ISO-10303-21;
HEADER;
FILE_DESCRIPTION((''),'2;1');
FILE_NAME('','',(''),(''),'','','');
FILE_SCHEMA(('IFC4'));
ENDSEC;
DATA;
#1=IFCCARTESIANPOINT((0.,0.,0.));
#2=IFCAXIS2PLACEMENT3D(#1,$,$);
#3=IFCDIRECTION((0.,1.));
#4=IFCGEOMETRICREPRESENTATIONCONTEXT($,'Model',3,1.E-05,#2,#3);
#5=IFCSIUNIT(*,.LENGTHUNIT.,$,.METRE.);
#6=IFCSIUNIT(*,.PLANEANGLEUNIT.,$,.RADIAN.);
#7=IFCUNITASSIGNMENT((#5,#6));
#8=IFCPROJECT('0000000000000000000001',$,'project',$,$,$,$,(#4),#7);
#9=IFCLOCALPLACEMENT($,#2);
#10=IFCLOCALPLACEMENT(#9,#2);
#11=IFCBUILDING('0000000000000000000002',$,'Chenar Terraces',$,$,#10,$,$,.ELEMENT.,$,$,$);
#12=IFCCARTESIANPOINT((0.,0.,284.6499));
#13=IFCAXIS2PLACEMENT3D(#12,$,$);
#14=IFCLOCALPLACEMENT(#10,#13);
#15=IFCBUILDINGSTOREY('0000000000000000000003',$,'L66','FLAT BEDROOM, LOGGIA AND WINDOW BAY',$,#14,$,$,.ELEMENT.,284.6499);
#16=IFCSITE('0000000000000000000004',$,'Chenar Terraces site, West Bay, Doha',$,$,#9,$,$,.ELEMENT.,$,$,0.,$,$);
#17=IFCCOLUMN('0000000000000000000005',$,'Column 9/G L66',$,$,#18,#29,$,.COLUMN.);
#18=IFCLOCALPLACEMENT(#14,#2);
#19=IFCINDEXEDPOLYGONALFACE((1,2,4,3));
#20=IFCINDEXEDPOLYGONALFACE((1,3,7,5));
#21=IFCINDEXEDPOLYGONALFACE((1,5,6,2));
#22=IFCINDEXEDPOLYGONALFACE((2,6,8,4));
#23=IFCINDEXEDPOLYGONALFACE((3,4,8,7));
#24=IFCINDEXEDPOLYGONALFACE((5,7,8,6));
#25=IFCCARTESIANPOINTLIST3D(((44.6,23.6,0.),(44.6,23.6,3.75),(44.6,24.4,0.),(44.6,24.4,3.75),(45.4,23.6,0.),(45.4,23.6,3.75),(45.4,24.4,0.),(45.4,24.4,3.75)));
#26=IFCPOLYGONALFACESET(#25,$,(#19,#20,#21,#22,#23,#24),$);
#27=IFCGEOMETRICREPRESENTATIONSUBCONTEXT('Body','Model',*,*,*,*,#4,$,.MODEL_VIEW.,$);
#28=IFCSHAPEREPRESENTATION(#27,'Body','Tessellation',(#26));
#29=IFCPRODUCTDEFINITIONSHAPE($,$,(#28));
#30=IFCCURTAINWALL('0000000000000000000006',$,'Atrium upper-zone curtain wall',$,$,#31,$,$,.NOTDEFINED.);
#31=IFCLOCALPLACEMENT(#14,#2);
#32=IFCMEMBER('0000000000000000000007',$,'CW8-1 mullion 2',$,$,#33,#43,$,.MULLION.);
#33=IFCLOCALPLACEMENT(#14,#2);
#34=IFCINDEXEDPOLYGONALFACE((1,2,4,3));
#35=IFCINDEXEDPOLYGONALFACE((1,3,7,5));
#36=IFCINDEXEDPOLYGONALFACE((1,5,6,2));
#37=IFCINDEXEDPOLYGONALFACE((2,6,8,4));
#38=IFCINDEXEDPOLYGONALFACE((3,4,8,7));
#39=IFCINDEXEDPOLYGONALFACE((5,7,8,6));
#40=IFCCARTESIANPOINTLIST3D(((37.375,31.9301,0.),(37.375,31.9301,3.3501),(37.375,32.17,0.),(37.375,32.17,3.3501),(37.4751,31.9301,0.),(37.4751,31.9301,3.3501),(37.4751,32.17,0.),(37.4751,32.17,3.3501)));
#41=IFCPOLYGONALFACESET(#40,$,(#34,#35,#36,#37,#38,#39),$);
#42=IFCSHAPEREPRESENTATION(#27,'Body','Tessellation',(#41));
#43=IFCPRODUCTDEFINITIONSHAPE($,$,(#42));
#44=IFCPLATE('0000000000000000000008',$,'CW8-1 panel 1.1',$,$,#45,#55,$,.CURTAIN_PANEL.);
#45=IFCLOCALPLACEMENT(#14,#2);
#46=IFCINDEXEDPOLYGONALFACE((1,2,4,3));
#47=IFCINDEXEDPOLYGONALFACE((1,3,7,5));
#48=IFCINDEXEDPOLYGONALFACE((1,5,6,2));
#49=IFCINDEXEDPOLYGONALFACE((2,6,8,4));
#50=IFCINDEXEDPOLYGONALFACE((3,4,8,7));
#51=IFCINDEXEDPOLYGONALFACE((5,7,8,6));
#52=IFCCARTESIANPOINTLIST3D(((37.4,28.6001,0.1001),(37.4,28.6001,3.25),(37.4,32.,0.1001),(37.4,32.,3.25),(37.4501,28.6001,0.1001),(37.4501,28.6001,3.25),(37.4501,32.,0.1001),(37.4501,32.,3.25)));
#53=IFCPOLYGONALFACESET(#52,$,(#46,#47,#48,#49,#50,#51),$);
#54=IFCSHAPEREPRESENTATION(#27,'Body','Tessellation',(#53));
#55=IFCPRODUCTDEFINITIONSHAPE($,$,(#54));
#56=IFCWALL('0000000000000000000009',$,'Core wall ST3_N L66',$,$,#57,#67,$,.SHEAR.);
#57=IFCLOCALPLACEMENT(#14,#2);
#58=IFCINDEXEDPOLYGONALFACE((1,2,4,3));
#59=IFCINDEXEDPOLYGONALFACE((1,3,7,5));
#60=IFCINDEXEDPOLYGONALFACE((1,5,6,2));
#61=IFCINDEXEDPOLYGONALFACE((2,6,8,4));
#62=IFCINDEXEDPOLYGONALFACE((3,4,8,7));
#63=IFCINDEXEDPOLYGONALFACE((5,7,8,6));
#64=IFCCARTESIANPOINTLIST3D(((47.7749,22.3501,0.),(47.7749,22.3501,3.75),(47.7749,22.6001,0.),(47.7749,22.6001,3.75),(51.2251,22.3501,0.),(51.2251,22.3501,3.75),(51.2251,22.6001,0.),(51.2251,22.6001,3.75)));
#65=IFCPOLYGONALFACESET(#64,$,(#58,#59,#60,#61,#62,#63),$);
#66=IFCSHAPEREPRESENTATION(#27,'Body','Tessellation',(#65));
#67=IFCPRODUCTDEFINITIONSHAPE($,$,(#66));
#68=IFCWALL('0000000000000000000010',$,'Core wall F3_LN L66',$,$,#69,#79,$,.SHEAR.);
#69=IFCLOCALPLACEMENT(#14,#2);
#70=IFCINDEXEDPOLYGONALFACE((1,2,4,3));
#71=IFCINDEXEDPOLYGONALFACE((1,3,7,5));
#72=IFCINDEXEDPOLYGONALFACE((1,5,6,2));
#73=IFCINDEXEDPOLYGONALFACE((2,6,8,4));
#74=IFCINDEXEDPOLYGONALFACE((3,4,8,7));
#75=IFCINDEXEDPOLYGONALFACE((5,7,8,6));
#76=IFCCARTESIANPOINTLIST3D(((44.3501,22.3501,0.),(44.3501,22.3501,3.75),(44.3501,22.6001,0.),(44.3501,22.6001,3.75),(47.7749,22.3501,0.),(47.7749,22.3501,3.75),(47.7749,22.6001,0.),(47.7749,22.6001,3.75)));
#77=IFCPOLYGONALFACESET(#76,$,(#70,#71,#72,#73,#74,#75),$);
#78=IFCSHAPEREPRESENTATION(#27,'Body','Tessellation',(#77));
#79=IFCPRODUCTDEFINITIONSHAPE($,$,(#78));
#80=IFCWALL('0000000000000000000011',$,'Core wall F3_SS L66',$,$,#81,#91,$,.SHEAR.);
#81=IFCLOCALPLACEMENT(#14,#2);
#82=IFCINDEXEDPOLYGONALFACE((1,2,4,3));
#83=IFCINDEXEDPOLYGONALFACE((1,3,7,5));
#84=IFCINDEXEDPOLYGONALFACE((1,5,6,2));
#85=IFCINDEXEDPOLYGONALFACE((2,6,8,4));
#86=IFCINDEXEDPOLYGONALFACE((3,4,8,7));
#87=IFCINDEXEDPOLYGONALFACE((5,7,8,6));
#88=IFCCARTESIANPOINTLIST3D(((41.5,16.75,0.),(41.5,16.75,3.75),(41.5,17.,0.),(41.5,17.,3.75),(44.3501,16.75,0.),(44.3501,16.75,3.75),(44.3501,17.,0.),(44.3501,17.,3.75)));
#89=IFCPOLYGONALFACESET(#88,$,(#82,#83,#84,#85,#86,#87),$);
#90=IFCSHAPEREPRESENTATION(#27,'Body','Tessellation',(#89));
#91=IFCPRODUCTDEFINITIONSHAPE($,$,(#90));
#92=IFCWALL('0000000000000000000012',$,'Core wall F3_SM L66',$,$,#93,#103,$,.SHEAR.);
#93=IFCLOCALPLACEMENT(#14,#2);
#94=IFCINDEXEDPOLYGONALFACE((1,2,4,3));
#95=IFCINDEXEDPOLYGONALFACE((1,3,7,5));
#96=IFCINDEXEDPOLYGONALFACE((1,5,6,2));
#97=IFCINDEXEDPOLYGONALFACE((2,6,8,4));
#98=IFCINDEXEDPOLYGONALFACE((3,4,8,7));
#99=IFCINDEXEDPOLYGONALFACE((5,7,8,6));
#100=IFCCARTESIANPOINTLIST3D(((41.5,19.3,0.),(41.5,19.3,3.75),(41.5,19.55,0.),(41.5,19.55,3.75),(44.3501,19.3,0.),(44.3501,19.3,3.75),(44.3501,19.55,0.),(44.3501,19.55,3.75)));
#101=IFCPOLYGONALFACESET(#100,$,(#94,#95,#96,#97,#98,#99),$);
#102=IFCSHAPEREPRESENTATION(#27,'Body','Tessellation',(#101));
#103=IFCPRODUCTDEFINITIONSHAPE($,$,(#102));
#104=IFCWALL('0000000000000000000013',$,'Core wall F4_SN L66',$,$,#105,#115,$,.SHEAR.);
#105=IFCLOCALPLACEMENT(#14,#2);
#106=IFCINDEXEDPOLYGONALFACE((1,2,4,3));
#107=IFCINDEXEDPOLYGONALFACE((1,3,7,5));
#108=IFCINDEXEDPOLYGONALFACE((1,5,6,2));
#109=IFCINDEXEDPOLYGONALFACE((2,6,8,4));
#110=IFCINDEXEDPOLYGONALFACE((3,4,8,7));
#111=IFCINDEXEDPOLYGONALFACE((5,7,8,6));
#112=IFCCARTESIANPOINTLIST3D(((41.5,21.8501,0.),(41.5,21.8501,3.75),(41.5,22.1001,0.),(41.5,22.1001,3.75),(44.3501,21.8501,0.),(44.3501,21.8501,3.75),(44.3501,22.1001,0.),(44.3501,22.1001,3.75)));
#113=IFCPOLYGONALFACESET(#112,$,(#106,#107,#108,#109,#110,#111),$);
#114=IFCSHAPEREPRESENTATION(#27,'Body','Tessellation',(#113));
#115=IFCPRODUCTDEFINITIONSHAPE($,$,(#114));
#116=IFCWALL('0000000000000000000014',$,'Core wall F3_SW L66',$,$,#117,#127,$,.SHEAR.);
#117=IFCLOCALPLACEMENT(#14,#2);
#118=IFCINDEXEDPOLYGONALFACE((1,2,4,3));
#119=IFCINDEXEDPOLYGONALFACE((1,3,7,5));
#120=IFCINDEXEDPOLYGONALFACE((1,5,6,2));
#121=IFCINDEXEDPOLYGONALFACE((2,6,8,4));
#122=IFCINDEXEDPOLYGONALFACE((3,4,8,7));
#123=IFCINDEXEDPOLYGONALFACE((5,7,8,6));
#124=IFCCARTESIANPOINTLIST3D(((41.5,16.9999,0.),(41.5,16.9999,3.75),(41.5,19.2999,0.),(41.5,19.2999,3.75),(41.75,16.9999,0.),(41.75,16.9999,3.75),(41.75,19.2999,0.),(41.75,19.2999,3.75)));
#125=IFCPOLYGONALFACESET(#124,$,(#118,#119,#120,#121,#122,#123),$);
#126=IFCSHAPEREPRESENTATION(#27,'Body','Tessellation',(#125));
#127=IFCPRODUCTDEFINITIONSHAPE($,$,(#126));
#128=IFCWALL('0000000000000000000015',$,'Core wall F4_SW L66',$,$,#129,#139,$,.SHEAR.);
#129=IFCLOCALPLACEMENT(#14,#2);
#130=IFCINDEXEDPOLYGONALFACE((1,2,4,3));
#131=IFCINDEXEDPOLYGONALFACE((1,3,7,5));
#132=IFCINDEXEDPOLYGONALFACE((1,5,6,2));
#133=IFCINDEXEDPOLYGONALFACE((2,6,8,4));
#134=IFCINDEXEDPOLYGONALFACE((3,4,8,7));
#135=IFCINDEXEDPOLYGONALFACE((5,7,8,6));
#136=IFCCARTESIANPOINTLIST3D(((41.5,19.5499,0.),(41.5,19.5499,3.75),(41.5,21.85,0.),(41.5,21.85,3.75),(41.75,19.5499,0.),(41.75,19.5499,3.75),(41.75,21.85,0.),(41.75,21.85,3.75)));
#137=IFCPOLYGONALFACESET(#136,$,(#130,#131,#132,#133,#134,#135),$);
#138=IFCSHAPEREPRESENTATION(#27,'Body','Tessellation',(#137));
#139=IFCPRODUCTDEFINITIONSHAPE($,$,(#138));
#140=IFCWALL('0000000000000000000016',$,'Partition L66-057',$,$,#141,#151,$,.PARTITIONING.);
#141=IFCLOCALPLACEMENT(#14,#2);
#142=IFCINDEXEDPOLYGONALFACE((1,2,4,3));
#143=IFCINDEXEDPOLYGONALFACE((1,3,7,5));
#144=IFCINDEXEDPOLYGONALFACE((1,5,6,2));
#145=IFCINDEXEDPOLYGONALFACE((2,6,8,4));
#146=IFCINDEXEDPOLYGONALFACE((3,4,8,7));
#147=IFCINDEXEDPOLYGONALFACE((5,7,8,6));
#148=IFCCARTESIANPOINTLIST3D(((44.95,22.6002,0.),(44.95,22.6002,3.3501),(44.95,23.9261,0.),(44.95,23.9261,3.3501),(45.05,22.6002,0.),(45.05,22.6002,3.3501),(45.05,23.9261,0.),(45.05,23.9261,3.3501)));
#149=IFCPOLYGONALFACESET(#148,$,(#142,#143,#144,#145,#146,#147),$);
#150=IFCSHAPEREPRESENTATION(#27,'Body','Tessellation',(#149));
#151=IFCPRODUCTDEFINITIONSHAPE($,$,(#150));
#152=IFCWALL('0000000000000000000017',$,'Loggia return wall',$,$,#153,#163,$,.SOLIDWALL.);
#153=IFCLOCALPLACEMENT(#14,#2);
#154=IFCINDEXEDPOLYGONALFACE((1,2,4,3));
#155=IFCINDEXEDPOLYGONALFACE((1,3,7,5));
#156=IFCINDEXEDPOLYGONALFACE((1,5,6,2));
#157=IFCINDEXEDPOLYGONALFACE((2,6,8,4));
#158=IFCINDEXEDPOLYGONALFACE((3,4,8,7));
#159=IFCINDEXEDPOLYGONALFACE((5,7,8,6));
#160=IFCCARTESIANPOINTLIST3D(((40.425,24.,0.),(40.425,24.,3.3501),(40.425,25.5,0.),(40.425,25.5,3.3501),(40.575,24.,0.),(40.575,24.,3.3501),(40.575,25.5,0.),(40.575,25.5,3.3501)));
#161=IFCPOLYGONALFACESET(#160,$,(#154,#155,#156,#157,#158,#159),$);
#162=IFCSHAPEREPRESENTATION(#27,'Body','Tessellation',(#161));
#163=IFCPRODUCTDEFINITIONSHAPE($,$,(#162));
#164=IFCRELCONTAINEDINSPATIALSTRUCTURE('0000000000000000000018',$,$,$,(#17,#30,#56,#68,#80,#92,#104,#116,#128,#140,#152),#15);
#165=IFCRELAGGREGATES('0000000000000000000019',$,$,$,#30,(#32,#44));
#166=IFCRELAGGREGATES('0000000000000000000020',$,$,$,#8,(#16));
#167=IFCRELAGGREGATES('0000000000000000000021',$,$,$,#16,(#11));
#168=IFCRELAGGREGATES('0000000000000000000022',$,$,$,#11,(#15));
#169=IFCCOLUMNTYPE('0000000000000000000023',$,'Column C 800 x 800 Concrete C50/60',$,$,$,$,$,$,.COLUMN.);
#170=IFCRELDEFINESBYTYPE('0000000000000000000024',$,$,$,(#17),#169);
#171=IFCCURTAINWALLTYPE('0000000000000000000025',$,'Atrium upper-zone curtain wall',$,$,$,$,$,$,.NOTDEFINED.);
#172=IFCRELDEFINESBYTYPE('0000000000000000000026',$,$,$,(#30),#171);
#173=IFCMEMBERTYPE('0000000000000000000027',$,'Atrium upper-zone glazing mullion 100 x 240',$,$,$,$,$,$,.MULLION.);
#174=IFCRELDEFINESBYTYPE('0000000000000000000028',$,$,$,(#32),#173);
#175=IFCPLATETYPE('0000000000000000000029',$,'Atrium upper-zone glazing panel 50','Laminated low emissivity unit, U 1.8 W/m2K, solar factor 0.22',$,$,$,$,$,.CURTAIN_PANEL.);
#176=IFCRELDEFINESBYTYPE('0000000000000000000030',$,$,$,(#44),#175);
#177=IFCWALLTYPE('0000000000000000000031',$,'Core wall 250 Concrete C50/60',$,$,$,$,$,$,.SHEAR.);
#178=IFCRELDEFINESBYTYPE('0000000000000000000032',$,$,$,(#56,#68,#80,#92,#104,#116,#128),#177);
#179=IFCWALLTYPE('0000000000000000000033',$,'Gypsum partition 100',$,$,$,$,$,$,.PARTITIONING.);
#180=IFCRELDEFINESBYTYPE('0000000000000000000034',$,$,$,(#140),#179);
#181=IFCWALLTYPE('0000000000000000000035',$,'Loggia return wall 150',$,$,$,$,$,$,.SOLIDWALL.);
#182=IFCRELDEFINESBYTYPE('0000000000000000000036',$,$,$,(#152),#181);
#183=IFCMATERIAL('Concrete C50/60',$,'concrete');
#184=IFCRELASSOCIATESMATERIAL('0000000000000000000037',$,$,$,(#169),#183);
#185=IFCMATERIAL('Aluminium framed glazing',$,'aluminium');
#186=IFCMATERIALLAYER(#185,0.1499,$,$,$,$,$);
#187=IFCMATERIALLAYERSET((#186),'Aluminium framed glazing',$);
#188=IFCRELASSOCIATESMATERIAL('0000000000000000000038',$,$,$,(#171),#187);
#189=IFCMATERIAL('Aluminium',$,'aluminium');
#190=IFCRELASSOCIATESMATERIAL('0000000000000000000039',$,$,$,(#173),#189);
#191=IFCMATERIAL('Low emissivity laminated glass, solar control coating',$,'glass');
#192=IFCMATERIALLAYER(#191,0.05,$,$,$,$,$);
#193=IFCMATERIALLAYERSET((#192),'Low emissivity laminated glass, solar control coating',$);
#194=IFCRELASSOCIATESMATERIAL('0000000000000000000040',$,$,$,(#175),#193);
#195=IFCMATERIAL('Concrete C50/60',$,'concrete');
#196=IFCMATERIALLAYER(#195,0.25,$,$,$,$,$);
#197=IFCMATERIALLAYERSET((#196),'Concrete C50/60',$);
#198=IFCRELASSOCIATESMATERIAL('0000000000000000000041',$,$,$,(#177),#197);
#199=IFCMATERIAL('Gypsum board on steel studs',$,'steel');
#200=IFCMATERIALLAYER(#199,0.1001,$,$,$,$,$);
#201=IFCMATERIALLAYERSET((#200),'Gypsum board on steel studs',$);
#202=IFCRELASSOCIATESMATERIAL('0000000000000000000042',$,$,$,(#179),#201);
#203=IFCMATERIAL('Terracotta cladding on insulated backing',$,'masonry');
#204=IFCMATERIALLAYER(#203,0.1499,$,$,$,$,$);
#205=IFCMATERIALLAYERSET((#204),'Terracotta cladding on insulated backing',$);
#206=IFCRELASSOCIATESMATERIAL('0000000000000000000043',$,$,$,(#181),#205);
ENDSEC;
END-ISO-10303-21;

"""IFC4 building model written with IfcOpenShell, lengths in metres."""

from ifc_helpers import new_model, si_unit, direction, frame, frame_2d, origin, origin_2d, place, context, subcontext, project, spatial, rectangle, extrude, material, layer, layer_set, material_profile, profile_set, type_object, element, aggregate, save


model = new_model("IFC4")

# Units and contexts
model_context = context("Model", 3, precision=1e-05, world=origin(), true_north=direction((0.0, 1.0)))
body_context = subcontext(model_context, "Body", "Model", "MODEL_VIEW")
ifc_project = project(units=[si_unit("LENGTHUNIT", "METRE"), si_unit("PLANEANGLEUNIT", "RADIAN")], contexts=[model_context])

# Site, building, storey
site_placement = place(None, origin())
site = spatial("IfcSite", under=ifc_project, at=site_placement, Name="Chenar Terraces site, West Bay, Doha", CompositionType="ELEMENT", RefElevation=0.0)
building_placement = place(site_placement, origin())
building = spatial("IfcBuilding", under=site, at=building_placement, Name="Chenar Terraces", CompositionType="ELEMENT")
storey_placement = place(building_placement, frame((0.0, 0.0, 284.6499)))
storey = spatial("IfcBuildingStorey", under=building, at=storey_placement, Name="L66", Description="FLAT BEDROOM, LOGGIA AND WINDOW BAY", CompositionType="ELEMENT", Elevation=284.6499)

# Column
ifc_material_1 = material(Name="Concrete C50/60", Category="concrete")
ifc_material_profile_1 = material_profile(ifc_material_1, rectangle(XDim=0.8, YDim=0.8, at=origin_2d()), Name="C 800 x 800")
ifc_profile_set_1 = profile_set([ifc_material_profile_1], Name="Concrete C50/60")
column_type = type_object("IfcColumnType", Name="Column C 800 x 800 Concrete C50/60", PredefinedType="COLUMN", material=ifc_profile_set_1)
column_placement = place(storey_placement, frame((45.0, 24.0, 0.0), z_axis=(0.0, 0.0, 1.0), x_axis=(1.0, 0.0, 0.0)))
element("IfcColumn", 1, at=column_placement, inside=storey, type_object=column_type, Name="Column 9/G L66", PredefinedType="COLUMN", context=body_context, shape_type="SweptSolid", body=[
    extrude(rectangle(XDim=0.8, YDim=0.8, at=origin_2d()), origin(), (0.0, 0.0, 1.0), 3.75),
])

# Curtain wall, member, plate
ifc_material_2 = material(Name="Aluminium framed glazing", Category="aluminium")
ifc_layer_1 = layer(ifc_material_2, 0.1499)
ifc_layer_set_1 = layer_set([ifc_layer_1], Name="Aluminium framed glazing")
curtain_wall_type = type_object("IfcCurtainWallType", Name="Atrium upper-zone curtain wall", PredefinedType="NOTDEFINED", material=ifc_layer_set_1)
curtain_wall_placement = place(storey_placement, origin())
curtain_wall = element("IfcCurtainWall", 2, at=curtain_wall_placement, inside=storey, type_object=curtain_wall_type, Name="Atrium upper-zone curtain wall", PredefinedType="NOTDEFINED")
ifc_material_3 = material(Name="Aluminium", Category="aluminium")
ifc_material_profile_2 = material_profile(ifc_material_3, rectangle(XDim=0.1001, YDim=0.24, at=origin_2d()), Name="Atrium upper-zone glazing mullion 100 x 240")
ifc_profile_set_2 = profile_set([ifc_material_profile_2], Name="Aluminium")
member_type = type_object("IfcMemberType", Name="Atrium upper-zone glazing mullion 100 x 240", PredefinedType="MULLION", material=ifc_profile_set_2)
member_placement = place(storey_placement, frame((37.425, 32.05, 0.0), z_axis=(0.0, 0.0, 1.0), x_axis=(-1.0, 0.0, 0.0)))
member = element("IfcMember", 3, at=member_placement, type_object=member_type, Name="CW8-1 mullion 2", PredefinedType="MULLION", context=body_context, shape_type="SweptSolid", body=[
    extrude(rectangle(XDim=0.1001, YDim=0.24, at=origin_2d()), origin(), (0.0, 0.0, 1.0), 3.3501),
])
ifc_material_4 = material(Name="Low emissivity laminated glass, solar control coating", Category="glass")
ifc_layer_2 = layer(ifc_material_4, 0.05)
ifc_layer_set_2 = layer_set([ifc_layer_2], Name="Low emissivity laminated glass, solar control coating")
plate_type = type_object("IfcPlateType", Name="Atrium upper-zone glazing panel 50", Description="Laminated low emissivity unit, U 1.8 W/m2K, solar factor 0.22", PredefinedType="CURTAIN_PANEL", material=ifc_layer_set_2)
plate_placement = place(storey_placement, frame((37.425, 30.3, 0.1001), z_axis=(0.0, 0.0, 1.0), x_axis=(0.0, 1.0, 0.0)))
plate = element("IfcPlate", 4, at=plate_placement, type_object=plate_type, Name="CW8-1 panel 1.1", PredefinedType="CURTAIN_PANEL", context=body_context, shape_type="SweptSolid", body=[
    extrude(rectangle(XDim=3.3999, YDim=0.05, at=origin_2d()), origin(), (0.0, 0.0, 1.0), 3.1499),
])
aggregate(curtain_wall, [member, plate])

# Walls
ifc_material_5 = material(Name="Concrete C50/60", Category="concrete")
ifc_layer_3 = layer(ifc_material_5, 0.25)
ifc_layer_set_3 = layer_set([ifc_layer_3], Name="Concrete C50/60")
wall_type_1 = type_object("IfcWallType", Name="Core wall 250 Concrete C50/60", PredefinedType="SHEAR", material=ifc_layer_set_3)
wall_1_placement = place(storey_placement, frame((47.7749, 22.4751, 0.0), z_axis=(0.0, 0.0, 1.0), x_axis=(1.0, 0.0, 0.0)))
element("IfcWall", 5, at=wall_1_placement, inside=storey, type_object=wall_type_1, Name="Core wall ST3_N L66", PredefinedType="SHEAR", context=body_context, shape_type="SweptSolid", body=[
    extrude(rectangle(XDim=3.4502, YDim=0.25, at=frame_2d((1.7251, 0.0))), origin(), (0.0, 0.0, 1.0), 3.75),
])
wall_2_placement = place(storey_placement, frame((44.3501, 22.4751, 0.0), z_axis=(0.0, 0.0, 1.0), x_axis=(1.0, 0.0, 0.0)))
element("IfcWall", 6, at=wall_2_placement, inside=storey, type_object=wall_type_1, Name="Core wall F3_LN L66", PredefinedType="SHEAR", context=body_context, shape_type="SweptSolid", body=[
    extrude(rectangle(XDim=3.4248, YDim=0.25, at=frame_2d((1.7124, 0.0))), origin(), (0.0, 0.0, 1.0), 3.75),
])
for number, where, z_axis, x_axis, name in (
    (7, (41.5, 16.875, 0.0), (0.0, 0.0, 1.0), (1.0, 0.0, 0.0), "Core wall F3_SS L66"),
    (8, (41.5, 19.425, 0.0), (0.0, 0.0, 1.0), (1.0, 0.0, 0.0), "Core wall F3_SM L66"),
    (9, (41.5, 21.9751, 0.0), (0.0, 0.0, 1.0), (1.0, 0.0, 0.0), "Core wall F4_SN L66"),
):
    element("IfcWall", number, at=place(storey_placement, frame(where, z_axis=z_axis, x_axis=x_axis)), inside=storey, type_object=wall_type_1, Name=name, PredefinedType="SHEAR", context=body_context, shape_type="SweptSolid", body=[
        extrude(rectangle(XDim=2.8501, YDim=0.25, at=frame_2d((1.425, 0.0))), origin(), (0.0, 0.0, 1.0), 3.75),
    ])
for number, where, z_axis, x_axis, name in (
    (10, (41.625, 17.0, 0.0), (0.0, 0.0, 1.0), (0.0, 1.0, 0.0), "Core wall F3_SW L66"),
    (11, (41.625, 19.55, 0.0), (0.0, 0.0, 1.0), (0.0, 1.0, 0.0), "Core wall F4_SW L66"),
):
    element("IfcWall", number, at=place(storey_placement, frame(where, z_axis=z_axis, x_axis=x_axis)), inside=storey, type_object=wall_type_1, Name=name, PredefinedType="SHEAR", context=body_context, shape_type="SweptSolid", body=[
        extrude(rectangle(XDim=2.3, YDim=0.25, at=frame_2d((1.1499, 0.0))), origin(), (0.0, 0.0, 1.0), 3.75),
    ])

# Walls
ifc_material_6 = material(Name="Gypsum board on steel studs", Category="steel")
ifc_layer_4 = layer(ifc_material_6, 0.1001)
ifc_layer_set_4 = layer_set([ifc_layer_4], Name="Gypsum board on steel studs")
wall_type_2 = type_object("IfcWallType", Name="Gypsum partition 100", PredefinedType="PARTITIONING", material=ifc_layer_set_4)
wall_3_placement = place(storey_placement, frame((45.0, 22.6001, 0.0), z_axis=(0.0, 0.0, 1.0), x_axis=(0.0, 1.0, 0.0)))
element("IfcWall", 12, at=wall_3_placement, inside=storey, type_object=wall_type_2, Name="Partition L66-057", PredefinedType="PARTITIONING", context=body_context, shape_type="SweptSolid", body=[
    extrude(rectangle(XDim=1.3259, YDim=0.1001, at=frame_2d((0.6631, 0.0))), origin(), (0.0, 0.0, 1.0), 3.3501),
])
ifc_material_7 = material(Name="Terracotta cladding on insulated backing", Category="masonry")
ifc_layer_5 = layer(ifc_material_7, 0.1499)
ifc_layer_set_5 = layer_set([ifc_layer_5], Name="Terracotta cladding on insulated backing")
wall_type_3 = type_object("IfcWallType", Name="Loggia return wall 150", PredefinedType="SOLIDWALL", material=ifc_layer_set_5)
wall_4_placement = place(storey_placement, frame((40.5, 25.5, 0.0), z_axis=(0.0, 0.0, 1.0), x_axis=(0.0, -1.0, 0.0)))
element("IfcWall", 13, at=wall_4_placement, inside=storey, type_object=wall_type_3, Name="Loggia return wall", PredefinedType="SOLIDWALL", context=body_context, shape_type="SweptSolid", body=[
    extrude(rectangle(XDim=1.5, YDim=0.1499, at=frame_2d((0.75, 0.0))), origin(), (0.0, 0.0, 1.0), 3.3501),
])

save(model, "model.ifc")
